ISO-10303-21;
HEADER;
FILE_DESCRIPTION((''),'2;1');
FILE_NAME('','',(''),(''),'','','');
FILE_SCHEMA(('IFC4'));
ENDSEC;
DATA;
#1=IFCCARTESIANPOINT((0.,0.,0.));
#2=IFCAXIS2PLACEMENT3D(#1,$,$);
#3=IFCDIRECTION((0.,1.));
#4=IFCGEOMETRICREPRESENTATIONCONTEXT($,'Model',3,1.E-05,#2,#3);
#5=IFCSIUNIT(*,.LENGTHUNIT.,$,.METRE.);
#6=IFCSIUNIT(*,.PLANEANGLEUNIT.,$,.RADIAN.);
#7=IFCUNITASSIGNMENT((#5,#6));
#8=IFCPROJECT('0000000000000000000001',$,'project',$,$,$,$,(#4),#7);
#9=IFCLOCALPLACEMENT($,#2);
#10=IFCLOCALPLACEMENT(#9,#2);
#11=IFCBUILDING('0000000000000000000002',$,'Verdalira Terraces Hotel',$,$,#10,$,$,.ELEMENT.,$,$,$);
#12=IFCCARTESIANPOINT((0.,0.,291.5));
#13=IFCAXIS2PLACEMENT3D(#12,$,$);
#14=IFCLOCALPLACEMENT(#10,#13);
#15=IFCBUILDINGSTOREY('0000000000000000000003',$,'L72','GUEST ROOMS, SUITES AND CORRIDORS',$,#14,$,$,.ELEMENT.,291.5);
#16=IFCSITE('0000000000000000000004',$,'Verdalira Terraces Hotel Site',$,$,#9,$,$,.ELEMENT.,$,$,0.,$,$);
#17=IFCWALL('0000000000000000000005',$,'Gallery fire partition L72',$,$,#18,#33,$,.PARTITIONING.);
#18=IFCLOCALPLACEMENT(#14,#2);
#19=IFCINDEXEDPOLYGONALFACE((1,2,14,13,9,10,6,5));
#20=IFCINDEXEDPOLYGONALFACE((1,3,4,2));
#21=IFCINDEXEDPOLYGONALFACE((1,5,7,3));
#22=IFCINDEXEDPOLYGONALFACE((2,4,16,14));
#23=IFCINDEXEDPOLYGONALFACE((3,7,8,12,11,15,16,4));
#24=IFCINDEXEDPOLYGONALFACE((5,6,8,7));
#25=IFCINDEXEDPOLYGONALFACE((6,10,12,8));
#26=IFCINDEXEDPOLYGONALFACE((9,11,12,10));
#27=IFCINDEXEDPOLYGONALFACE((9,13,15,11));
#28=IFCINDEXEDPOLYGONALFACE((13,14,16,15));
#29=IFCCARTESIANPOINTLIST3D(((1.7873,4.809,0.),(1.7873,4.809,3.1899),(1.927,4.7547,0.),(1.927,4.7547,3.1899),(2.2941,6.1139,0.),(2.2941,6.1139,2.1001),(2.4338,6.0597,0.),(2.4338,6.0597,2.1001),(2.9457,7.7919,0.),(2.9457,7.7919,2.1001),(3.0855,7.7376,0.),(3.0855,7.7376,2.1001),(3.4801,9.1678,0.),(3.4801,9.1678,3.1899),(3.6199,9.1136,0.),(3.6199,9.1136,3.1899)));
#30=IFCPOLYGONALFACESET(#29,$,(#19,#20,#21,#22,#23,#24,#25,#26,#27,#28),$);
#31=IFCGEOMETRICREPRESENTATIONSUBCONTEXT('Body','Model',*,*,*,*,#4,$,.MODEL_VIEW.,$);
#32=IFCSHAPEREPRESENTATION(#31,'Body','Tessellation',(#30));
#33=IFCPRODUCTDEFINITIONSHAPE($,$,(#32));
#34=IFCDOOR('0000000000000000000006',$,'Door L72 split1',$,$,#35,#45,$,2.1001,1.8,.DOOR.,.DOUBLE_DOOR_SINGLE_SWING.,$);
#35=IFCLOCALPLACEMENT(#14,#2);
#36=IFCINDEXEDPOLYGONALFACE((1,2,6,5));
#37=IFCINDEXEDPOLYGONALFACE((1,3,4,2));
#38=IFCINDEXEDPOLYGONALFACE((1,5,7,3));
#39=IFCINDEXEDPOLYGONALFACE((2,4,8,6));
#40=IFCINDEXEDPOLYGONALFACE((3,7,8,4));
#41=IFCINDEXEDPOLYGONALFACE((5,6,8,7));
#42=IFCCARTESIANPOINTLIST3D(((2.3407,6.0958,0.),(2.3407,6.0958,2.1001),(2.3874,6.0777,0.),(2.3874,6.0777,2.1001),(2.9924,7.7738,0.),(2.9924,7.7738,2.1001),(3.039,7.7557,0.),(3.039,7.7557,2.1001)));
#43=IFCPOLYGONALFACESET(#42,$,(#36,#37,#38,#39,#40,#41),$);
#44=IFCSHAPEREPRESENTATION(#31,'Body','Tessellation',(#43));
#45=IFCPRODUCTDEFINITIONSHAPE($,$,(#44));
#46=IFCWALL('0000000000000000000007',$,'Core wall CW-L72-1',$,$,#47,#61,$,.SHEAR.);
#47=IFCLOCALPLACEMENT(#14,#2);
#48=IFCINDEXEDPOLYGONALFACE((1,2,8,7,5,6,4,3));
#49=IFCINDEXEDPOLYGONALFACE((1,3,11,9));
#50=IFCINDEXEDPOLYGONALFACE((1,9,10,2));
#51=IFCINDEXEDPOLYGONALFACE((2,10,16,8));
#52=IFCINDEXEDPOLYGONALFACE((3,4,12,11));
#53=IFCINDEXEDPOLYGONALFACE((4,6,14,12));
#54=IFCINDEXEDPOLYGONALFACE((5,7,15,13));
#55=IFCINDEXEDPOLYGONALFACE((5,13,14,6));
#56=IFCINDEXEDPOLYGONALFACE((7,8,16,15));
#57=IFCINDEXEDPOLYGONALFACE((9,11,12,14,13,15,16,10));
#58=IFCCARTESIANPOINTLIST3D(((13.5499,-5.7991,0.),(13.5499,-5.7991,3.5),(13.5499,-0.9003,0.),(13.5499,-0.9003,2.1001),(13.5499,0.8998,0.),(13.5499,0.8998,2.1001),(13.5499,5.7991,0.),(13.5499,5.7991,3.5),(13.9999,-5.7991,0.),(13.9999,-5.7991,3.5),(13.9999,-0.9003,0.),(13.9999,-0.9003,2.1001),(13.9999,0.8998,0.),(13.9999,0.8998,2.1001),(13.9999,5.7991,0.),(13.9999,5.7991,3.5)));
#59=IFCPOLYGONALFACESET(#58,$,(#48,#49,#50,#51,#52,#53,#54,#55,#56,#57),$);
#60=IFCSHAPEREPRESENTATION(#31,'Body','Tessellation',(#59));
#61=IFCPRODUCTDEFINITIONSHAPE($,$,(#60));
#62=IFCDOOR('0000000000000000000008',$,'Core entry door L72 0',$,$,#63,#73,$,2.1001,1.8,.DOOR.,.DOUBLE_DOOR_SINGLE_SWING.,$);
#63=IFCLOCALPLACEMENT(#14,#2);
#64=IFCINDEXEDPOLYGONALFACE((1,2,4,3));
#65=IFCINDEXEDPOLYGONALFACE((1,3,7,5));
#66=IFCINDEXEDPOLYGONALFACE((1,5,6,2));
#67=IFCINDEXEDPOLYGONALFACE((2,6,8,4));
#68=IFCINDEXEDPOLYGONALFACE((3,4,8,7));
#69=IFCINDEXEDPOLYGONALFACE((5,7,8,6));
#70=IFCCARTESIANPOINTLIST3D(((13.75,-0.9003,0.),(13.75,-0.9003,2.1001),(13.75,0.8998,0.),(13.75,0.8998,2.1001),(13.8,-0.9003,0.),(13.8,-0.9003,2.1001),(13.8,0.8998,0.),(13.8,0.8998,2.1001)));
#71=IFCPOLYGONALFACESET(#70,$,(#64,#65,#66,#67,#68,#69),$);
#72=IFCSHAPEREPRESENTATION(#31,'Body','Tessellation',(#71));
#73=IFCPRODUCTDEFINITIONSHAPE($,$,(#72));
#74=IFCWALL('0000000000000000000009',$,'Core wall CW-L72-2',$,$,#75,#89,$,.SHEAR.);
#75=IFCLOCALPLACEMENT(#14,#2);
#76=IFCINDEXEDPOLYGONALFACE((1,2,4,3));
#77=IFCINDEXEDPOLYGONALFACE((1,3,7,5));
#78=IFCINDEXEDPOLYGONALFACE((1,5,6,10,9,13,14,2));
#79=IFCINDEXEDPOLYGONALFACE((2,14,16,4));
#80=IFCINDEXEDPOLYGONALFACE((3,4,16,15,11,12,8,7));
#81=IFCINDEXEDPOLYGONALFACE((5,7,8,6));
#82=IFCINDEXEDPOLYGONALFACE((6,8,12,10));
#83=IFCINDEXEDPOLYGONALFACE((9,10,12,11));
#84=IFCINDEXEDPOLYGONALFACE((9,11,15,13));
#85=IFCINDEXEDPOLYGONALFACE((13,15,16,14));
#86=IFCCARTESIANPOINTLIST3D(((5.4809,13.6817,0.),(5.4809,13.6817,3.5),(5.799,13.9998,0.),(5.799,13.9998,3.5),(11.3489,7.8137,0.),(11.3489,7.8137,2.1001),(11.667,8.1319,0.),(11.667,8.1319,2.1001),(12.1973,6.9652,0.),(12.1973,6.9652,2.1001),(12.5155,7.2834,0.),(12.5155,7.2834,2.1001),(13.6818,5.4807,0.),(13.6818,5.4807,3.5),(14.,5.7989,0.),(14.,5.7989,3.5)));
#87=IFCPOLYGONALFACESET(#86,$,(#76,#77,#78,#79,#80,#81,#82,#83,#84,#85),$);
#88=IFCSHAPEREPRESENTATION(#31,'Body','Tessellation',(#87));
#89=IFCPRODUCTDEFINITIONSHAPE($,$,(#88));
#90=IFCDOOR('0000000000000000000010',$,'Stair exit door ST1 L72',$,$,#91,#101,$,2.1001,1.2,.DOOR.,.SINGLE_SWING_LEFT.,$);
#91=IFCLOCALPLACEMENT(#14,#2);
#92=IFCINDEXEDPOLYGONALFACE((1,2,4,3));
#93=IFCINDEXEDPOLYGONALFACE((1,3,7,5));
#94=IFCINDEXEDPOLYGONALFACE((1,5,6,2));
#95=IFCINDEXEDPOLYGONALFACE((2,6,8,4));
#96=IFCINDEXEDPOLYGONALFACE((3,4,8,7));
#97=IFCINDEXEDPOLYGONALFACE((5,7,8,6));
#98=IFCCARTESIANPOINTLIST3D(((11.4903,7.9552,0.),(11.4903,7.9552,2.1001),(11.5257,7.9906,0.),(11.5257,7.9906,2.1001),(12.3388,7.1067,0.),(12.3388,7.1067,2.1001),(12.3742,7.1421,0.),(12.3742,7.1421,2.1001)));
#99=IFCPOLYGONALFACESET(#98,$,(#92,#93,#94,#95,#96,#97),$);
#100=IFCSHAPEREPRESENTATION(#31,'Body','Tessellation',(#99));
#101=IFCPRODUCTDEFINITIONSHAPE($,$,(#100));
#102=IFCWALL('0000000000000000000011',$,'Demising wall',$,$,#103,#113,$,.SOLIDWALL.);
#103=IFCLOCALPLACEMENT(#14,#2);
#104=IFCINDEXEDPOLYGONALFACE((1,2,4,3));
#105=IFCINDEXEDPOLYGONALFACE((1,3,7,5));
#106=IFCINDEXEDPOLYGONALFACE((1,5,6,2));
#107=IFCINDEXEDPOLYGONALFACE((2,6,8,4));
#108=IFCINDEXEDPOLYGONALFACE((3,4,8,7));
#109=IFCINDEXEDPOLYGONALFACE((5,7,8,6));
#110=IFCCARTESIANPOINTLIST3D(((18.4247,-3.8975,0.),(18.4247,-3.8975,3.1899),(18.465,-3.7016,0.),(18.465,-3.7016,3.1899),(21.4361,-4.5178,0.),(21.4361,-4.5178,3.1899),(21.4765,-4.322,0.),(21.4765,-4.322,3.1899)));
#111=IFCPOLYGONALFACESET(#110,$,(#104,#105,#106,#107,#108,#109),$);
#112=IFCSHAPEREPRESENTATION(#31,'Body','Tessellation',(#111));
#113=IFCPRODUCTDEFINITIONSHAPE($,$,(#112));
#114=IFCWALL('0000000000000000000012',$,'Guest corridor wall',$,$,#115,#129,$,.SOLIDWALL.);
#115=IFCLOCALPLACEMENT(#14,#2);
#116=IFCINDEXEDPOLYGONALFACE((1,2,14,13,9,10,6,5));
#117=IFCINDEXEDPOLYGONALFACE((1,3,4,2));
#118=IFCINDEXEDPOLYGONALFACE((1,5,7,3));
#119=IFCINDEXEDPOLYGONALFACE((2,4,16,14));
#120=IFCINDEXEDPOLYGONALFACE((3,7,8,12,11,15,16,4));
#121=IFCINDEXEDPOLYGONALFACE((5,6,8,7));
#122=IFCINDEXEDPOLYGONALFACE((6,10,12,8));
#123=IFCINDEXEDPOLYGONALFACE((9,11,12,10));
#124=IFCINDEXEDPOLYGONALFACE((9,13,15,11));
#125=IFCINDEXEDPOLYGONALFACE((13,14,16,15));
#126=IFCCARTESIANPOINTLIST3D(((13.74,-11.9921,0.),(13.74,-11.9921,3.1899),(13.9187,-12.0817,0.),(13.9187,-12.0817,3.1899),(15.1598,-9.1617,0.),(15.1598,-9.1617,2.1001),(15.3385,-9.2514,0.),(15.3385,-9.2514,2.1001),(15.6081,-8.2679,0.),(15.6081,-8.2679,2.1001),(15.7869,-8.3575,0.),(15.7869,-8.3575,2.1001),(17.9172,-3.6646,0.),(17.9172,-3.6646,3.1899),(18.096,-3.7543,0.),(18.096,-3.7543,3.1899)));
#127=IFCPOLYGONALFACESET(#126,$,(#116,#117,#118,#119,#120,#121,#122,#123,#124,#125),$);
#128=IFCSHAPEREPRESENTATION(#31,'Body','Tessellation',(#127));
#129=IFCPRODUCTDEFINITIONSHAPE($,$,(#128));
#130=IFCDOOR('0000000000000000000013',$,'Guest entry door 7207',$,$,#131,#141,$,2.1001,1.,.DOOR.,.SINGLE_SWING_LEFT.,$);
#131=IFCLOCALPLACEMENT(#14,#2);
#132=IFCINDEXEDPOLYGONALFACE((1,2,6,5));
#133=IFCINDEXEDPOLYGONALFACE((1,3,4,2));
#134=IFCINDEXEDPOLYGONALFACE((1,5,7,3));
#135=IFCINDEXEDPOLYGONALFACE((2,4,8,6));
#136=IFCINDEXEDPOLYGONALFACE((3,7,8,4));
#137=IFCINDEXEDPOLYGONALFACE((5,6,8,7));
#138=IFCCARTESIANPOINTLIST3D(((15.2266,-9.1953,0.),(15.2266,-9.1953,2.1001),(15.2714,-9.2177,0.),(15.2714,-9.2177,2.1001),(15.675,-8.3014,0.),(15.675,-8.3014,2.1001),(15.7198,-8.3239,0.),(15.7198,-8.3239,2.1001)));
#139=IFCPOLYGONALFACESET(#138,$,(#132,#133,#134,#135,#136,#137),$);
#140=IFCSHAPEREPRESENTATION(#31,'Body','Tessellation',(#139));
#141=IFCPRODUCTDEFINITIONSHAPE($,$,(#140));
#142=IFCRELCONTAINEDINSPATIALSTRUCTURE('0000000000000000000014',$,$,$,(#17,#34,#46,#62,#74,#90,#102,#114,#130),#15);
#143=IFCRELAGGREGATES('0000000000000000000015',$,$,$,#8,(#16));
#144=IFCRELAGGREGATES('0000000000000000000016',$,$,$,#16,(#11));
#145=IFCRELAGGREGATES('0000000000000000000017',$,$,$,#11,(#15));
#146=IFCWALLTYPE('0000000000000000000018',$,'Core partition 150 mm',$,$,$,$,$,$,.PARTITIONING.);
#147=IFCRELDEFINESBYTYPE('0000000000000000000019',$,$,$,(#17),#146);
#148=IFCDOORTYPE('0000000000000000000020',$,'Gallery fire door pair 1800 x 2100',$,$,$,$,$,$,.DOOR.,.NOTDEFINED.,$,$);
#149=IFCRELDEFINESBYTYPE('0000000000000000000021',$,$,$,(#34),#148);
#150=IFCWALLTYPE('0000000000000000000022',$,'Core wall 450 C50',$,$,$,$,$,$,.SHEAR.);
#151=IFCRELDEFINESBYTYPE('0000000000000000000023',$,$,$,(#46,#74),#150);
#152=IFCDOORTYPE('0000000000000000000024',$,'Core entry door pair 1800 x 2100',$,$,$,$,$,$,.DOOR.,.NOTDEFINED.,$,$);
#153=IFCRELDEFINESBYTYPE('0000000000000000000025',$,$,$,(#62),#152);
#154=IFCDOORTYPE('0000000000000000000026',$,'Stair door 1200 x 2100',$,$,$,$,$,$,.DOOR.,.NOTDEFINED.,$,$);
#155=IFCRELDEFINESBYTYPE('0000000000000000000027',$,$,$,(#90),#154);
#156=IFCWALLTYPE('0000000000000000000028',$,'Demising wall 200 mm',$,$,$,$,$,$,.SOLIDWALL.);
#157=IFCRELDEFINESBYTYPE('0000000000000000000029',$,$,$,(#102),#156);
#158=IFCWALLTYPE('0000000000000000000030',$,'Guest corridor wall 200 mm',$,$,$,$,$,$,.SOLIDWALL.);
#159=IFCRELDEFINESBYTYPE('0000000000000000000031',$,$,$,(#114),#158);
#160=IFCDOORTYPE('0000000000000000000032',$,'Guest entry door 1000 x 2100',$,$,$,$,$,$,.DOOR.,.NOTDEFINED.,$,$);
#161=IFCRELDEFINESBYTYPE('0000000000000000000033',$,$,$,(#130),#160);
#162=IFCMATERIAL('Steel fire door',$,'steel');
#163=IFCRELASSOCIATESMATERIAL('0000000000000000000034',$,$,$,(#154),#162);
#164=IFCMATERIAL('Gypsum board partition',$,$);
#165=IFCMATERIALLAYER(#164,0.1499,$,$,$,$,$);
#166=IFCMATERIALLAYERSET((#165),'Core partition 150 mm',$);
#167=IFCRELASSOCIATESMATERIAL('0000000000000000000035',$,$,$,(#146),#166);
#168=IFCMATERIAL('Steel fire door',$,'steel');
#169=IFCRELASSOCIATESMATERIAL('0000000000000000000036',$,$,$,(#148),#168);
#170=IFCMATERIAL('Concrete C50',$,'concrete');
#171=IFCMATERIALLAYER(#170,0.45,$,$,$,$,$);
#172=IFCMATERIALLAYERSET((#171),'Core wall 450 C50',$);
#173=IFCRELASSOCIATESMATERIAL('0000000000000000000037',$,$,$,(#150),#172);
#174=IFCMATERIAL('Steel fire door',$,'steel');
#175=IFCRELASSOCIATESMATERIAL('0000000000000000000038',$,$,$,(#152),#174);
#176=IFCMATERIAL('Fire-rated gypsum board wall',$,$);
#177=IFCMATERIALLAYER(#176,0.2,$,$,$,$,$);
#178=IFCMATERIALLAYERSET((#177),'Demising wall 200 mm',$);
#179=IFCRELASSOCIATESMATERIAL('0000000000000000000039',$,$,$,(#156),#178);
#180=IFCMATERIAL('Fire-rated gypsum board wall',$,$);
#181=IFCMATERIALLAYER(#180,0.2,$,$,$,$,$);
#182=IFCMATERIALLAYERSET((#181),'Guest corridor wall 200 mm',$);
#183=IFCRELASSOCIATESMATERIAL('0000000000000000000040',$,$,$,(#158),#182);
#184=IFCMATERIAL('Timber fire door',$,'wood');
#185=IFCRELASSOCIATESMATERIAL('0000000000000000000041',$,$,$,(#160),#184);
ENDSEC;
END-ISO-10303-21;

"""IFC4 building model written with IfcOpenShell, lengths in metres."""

from ifc_helpers import new_model, si_unit, direction, frame, frame_2d, origin, place, context, subcontext, project, spatial, rectangle, extrude, material, layer, layer_set, type_object, element, fill, save


model = new_model("IFC4")

# Units and contexts
model_context = context("Model", 3, precision=1e-05, world=origin(), true_north=direction((0.0, 1.0)))
body_context = subcontext(model_context, "Body", "Model", "MODEL_VIEW")
ifc_project = project(units=[si_unit("LENGTHUNIT", "METRE"), si_unit("PLANEANGLEUNIT", "RADIAN")], contexts=[model_context])

# Site, building, storey
site_placement = place(None, origin())
site = spatial("IfcSite", under=ifc_project, at=site_placement, Name="Verdalira Terraces Hotel Site", CompositionType="ELEMENT", RefElevation=0.0)
building_placement = place(site_placement, origin())
building = spatial("IfcBuilding", under=site, at=building_placement, Name="Verdalira Terraces Hotel", CompositionType="ELEMENT")
storey_placement = place(building_placement, frame((0.0, 0.0, 291.5)))
storey = spatial("IfcBuildingStorey", under=building, at=storey_placement, Name="L72", Description="GUEST ROOMS, SUITES AND CORRIDORS", CompositionType="ELEMENT", Elevation=291.5)

# Shared definitions
ifc_material_1 = material(Name="Steel fire door", Category="steel")
door_type_1 = type_object("IfcDoorType", Name="Stair door 1200 x 2100", OperationType="NOTDEFINED", PredefinedType="DOOR", material=ifc_material_1)

# Walls, openings, doors
ifc_material_2 = material(Name="Gypsum board partition")
ifc_layer_1 = layer(ifc_material_2, 0.1499)
ifc_layer_set_1 = layer_set([ifc_layer_1], Name="Core partition 150 mm")
wall_type_1 = type_object("IfcWallType", Name="Core partition 150 mm", PredefinedType="PARTITIONING", material=ifc_layer_set_1)
wall_1_placement = place(storey_placement, frame((1.8572, 4.782, 0.0), z_axis=(0.0, 0.0, 1.0), x_axis=(0.362028, 0.932167, 0.0)))
wall_1 = element("IfcWall", 1, at=wall_1_placement, inside=storey, type_object=wall_type_1, Name="Gallery fire partition L72", PredefinedType="PARTITIONING", context=body_context, shape_type="SweptSolid", body=[
    extrude(rectangle(XDim=4.676, YDim=0.1499, at=frame_2d((2.3379, 0.0))), origin(), (0.0, 0.0, 1.0), 3.1899),
])
opening_1_placement = place(wall_1_placement, frame((1.3999, 0.0, 0.0)))
opening_1 = element("IfcOpeningElement", 2, at=opening_1_placement, cuts=wall_1, PredefinedType="OPENING", context=body_context, shape_type="SweptSolid", body=[
    extrude(rectangle(XDim=1.8, YDim=2.1001, at=frame_2d((0.8999, 1.05))), frame((0.0, 0.085, 0.0), z_axis=(0.0, -1.0, 0.0), x_axis=(1.0, 0.0, 0.0)), (0.0, 0.0, 1.0), 0.1699),
])
ifc_material_3 = material(Name="Steel fire door", Category="steel")
door_type_2 = type_object("IfcDoorType", Name="Gallery fire door pair 1800 x 2100", OperationType="NOTDEFINED", PredefinedType="DOOR", material=ifc_material_3)
door_1_placement = place(opening_1_placement, origin())
door_1 = element("IfcDoor", 3, at=door_1_placement, inside=storey, type_object=door_type_2, Name="Door L72 split1", OperationType="DOUBLE_DOOR_SINGLE_SWING", OverallHeight=2.1001, OverallWidth=1.8, PredefinedType="DOOR", context=body_context, shape_type="SweptSolid", body=[
    extrude(rectangle(XDim=1.8, YDim=2.1001, at=frame_2d((0.8999, 1.05))), frame((0.0, 0.0249, 0.0), z_axis=(0.0, -1.0, 0.0), x_axis=(1.0, 0.0, 0.0)), (0.0, 0.0, 1.0), 0.05),
])
fill(opening_1, door_1)
ifc_material_4 = material(Name="Concrete C50", Category="concrete")
ifc_layer_2 = layer(ifc_material_4, 0.45)
ifc_layer_set_2 = layer_set([ifc_layer_2], Name="Core wall 450 C50")
wall_type_2 = type_object("IfcWallType", Name="Core wall 450 C50", PredefinedType="SHEAR", material=ifc_layer_set_2)
wall_2_placement = place(storey_placement, frame((13.7749, -5.7991, 0.0), z_axis=(0.0, 0.0, 1.0), x_axis=(0.0, 1.0, 0.0)))
wall_2 = element("IfcWall", 4, at=wall_2_placement, inside=storey, type_object=wall_type_2, Name="Core wall CW-L72-1", PredefinedType="SHEAR", context=body_context, shape_type="SweptSolid", body=[
    extrude(rectangle(XDim=11.5981, YDim=0.45, at=frame_2d((5.7991, 0.0))), origin(), (0.0, 0.0, 1.0), 3.5),
])
opening_2_placement = place(wall_2_placement, frame((4.8989, 0.0, 0.0)))
opening_2 = element("IfcOpeningElement", 5, at=opening_2_placement, cuts=wall_2, PredefinedType="OPENING", context=body_context, shape_type="SweptSolid", body=[
    extrude(rectangle(XDim=1.8, YDim=2.1001, at=frame_2d((0.8999, 1.05))), frame((0.0, 0.2349, 0.0), z_axis=(0.0, -1.0, 0.0), x_axis=(1.0, 0.0, 0.0)), (0.0, 0.0, 1.0), 0.47),
])
ifc_material_5 = material(Name="Steel fire door", Category="steel")
door_type_3 = type_object("IfcDoorType", Name="Core entry door pair 1800 x 2100", OperationType="NOTDEFINED", PredefinedType="DOOR", material=ifc_material_5)
door_2_placement = place(opening_2_placement, origin())
door_2 = element("IfcDoor", 6, at=door_2_placement, inside=storey, type_object=door_type_3, Name="Core entry door L72 0", OperationType="DOUBLE_DOOR_SINGLE_SWING", OverallHeight=2.1001, OverallWidth=1.8, PredefinedType="DOOR", context=body_context, shape_type="SweptSolid", body=[
    extrude(rectangle(XDim=1.8, YDim=2.1001, at=frame_2d((0.8999, 1.05))), frame((0.0, 0.0249, 0.0), z_axis=(0.0, -1.0, 0.0), x_axis=(1.0, 0.0, 0.0)), (0.0, 0.0, 1.0), 0.05),
])
fill(opening_2, door_2)
wall_3_placement = place(storey_placement, frame((13.8408, 5.6399, 0.0), z_axis=(0.0, 0.0, 1.0), x_axis=(-0.707107, 0.707107, 0.0)))
wall_3 = element("IfcWall", 7, at=wall_3_placement, inside=storey, type_object=wall_type_2, Name="Core wall CW-L72-2", PredefinedType="SHEAR", context=body_context, shape_type="SweptSolid", body=[
    extrude(rectangle(XDim=11.5979, YDim=0.45, at=frame_2d((5.7988, 0.0))), origin(), (0.0, 0.0, 1.0), 3.5),
])
opening_3_placement = place(wall_3_placement, frame((2.0991, 0.0, 0.0)))
opening_3 = element("IfcOpeningElement", 8, at=opening_3_placement, cuts=wall_3, PredefinedType="OPENING", context=body_context, shape_type="SweptSolid", body=[
    extrude(rectangle(XDim=1.2, YDim=2.1001, at=frame_2d((0.6001, 1.05))), frame((0.0, 0.2349, 0.0), z_axis=(0.0, -1.0, 0.0), x_axis=(1.0, 0.0, 0.0)), (0.0, 0.0, 1.0), 0.47),
])
door_3_placement = place(opening_3_placement, origin())
door_3 = element("IfcDoor", 9, at=door_3_placement, inside=storey, type_object=door_type_1, Name="Stair exit door ST1 L72", OperationType="SINGLE_SWING_LEFT", OverallHeight=2.1001, OverallWidth=1.2, PredefinedType="DOOR", context=body_context, shape_type="SweptSolid", body=[
    extrude(rectangle(XDim=1.2, YDim=2.1001, at=frame_2d((0.6001, 1.05))), frame((0.0, 0.0249, 0.0), z_axis=(0.0, -1.0, 0.0), x_axis=(1.0, 0.0, 0.0)), (0.0, 0.0, 1.0), 0.05),
])
fill(opening_3, door_3)

# Wall
ifc_material_6 = material(Name="Fire-rated gypsum board wall")
ifc_layer_3 = layer(ifc_material_6, 0.2)
ifc_layer_set_3 = layer_set([ifc_layer_3], Name="Demising wall 200 mm")
wall_type_3 = type_object("IfcWallType", Name="Demising wall 200 mm", PredefinedType="SOLIDWALL", material=ifc_layer_set_3)
wall_4_placement = place(storey_placement, frame((18.4448, -3.7996, 0.0), z_axis=(0.0, 0.0, 1.0), x_axis=(0.979434, -0.201763, 0.0)))
element("IfcWall", 10, at=wall_4_placement, inside=storey, type_object=wall_type_3, Name="Demising wall", PredefinedType="SOLIDWALL", context=body_context, shape_type="SweptSolid", body=[
    extrude(rectangle(XDim=3.0747, YDim=0.2, at=frame_2d((1.5374, 0.0))), origin(), (0.0, 0.0, 1.0), 3.1899),
])

# Wall, opening, door
ifc_material_7 = material(Name="Fire-rated gypsum board wall")
ifc_layer_4 = layer(ifc_material_7, 0.2)
ifc_layer_set_4 = layer_set([ifc_layer_4], Name="Guest corridor wall 200 mm")
wall_type_4 = type_object("IfcWallType", Name="Guest corridor wall 200 mm", PredefinedType="SOLIDWALL", material=ifc_layer_set_4)
wall_5_placement = place(storey_placement, frame((18.0066, -3.7095, 0.0), z_axis=(0.0, 0.0, 1.0), x_axis=(-0.448377, -0.893845, 0.0)))
wall_5 = element("IfcWall", 11, at=wall_5_placement, inside=storey, type_object=wall_type_4, Name="Guest corridor wall", PredefinedType="SOLIDWALL", context=body_context, shape_type="SweptSolid", body=[
    extrude(rectangle(XDim=9.3164, YDim=0.2, at=frame_2d((4.6582, 0.0))), origin(), (0.0, 0.0, 1.0), 3.1899),
])
opening_4_placement = place(wall_5_placement, frame((5.1499, 0.0, 0.0)))
opening_4 = element("IfcOpeningElement", 12, at=opening_4_placement, cuts=wall_5, PredefinedType="OPENING", context=body_context, shape_type="SweptSolid", body=[
    extrude(rectangle(XDim=1.0, YDim=2.1001, at=frame_2d((0.5, 1.05))), frame((0.0, 0.1099, 0.0), z_axis=(0.0, -1.0, 0.0), x_axis=(1.0, 0.0, 0.0)), (0.0, 0.0, 1.0), 0.22),
])
ifc_material_8 = material(Name="Timber fire door", Category="wood")
door_type_4 = type_object("IfcDoorType", Name="Guest entry door 1000 x 2100", OperationType="NOTDEFINED", PredefinedType="DOOR", material=ifc_material_8)
door_4_placement = place(opening_4_placement, origin())
door_4 = element("IfcDoor", 13, at=door_4_placement, inside=storey, type_object=door_type_4, Name="Guest entry door 7207", OperationType="SINGLE_SWING_LEFT", OverallHeight=2.1001, OverallWidth=1.0, PredefinedType="DOOR", context=body_context, shape_type="SweptSolid", body=[
    extrude(rectangle(XDim=1.0, YDim=2.1001, at=frame_2d((0.5, 1.05))), frame((0.0, 0.0249, 0.0), z_axis=(0.0, -1.0, 0.0), x_axis=(1.0, 0.0, 0.0)), (0.0, 0.0, 1.0), 0.05),
])
fill(opening_4, door_4)

save(model, "model.ifc")
